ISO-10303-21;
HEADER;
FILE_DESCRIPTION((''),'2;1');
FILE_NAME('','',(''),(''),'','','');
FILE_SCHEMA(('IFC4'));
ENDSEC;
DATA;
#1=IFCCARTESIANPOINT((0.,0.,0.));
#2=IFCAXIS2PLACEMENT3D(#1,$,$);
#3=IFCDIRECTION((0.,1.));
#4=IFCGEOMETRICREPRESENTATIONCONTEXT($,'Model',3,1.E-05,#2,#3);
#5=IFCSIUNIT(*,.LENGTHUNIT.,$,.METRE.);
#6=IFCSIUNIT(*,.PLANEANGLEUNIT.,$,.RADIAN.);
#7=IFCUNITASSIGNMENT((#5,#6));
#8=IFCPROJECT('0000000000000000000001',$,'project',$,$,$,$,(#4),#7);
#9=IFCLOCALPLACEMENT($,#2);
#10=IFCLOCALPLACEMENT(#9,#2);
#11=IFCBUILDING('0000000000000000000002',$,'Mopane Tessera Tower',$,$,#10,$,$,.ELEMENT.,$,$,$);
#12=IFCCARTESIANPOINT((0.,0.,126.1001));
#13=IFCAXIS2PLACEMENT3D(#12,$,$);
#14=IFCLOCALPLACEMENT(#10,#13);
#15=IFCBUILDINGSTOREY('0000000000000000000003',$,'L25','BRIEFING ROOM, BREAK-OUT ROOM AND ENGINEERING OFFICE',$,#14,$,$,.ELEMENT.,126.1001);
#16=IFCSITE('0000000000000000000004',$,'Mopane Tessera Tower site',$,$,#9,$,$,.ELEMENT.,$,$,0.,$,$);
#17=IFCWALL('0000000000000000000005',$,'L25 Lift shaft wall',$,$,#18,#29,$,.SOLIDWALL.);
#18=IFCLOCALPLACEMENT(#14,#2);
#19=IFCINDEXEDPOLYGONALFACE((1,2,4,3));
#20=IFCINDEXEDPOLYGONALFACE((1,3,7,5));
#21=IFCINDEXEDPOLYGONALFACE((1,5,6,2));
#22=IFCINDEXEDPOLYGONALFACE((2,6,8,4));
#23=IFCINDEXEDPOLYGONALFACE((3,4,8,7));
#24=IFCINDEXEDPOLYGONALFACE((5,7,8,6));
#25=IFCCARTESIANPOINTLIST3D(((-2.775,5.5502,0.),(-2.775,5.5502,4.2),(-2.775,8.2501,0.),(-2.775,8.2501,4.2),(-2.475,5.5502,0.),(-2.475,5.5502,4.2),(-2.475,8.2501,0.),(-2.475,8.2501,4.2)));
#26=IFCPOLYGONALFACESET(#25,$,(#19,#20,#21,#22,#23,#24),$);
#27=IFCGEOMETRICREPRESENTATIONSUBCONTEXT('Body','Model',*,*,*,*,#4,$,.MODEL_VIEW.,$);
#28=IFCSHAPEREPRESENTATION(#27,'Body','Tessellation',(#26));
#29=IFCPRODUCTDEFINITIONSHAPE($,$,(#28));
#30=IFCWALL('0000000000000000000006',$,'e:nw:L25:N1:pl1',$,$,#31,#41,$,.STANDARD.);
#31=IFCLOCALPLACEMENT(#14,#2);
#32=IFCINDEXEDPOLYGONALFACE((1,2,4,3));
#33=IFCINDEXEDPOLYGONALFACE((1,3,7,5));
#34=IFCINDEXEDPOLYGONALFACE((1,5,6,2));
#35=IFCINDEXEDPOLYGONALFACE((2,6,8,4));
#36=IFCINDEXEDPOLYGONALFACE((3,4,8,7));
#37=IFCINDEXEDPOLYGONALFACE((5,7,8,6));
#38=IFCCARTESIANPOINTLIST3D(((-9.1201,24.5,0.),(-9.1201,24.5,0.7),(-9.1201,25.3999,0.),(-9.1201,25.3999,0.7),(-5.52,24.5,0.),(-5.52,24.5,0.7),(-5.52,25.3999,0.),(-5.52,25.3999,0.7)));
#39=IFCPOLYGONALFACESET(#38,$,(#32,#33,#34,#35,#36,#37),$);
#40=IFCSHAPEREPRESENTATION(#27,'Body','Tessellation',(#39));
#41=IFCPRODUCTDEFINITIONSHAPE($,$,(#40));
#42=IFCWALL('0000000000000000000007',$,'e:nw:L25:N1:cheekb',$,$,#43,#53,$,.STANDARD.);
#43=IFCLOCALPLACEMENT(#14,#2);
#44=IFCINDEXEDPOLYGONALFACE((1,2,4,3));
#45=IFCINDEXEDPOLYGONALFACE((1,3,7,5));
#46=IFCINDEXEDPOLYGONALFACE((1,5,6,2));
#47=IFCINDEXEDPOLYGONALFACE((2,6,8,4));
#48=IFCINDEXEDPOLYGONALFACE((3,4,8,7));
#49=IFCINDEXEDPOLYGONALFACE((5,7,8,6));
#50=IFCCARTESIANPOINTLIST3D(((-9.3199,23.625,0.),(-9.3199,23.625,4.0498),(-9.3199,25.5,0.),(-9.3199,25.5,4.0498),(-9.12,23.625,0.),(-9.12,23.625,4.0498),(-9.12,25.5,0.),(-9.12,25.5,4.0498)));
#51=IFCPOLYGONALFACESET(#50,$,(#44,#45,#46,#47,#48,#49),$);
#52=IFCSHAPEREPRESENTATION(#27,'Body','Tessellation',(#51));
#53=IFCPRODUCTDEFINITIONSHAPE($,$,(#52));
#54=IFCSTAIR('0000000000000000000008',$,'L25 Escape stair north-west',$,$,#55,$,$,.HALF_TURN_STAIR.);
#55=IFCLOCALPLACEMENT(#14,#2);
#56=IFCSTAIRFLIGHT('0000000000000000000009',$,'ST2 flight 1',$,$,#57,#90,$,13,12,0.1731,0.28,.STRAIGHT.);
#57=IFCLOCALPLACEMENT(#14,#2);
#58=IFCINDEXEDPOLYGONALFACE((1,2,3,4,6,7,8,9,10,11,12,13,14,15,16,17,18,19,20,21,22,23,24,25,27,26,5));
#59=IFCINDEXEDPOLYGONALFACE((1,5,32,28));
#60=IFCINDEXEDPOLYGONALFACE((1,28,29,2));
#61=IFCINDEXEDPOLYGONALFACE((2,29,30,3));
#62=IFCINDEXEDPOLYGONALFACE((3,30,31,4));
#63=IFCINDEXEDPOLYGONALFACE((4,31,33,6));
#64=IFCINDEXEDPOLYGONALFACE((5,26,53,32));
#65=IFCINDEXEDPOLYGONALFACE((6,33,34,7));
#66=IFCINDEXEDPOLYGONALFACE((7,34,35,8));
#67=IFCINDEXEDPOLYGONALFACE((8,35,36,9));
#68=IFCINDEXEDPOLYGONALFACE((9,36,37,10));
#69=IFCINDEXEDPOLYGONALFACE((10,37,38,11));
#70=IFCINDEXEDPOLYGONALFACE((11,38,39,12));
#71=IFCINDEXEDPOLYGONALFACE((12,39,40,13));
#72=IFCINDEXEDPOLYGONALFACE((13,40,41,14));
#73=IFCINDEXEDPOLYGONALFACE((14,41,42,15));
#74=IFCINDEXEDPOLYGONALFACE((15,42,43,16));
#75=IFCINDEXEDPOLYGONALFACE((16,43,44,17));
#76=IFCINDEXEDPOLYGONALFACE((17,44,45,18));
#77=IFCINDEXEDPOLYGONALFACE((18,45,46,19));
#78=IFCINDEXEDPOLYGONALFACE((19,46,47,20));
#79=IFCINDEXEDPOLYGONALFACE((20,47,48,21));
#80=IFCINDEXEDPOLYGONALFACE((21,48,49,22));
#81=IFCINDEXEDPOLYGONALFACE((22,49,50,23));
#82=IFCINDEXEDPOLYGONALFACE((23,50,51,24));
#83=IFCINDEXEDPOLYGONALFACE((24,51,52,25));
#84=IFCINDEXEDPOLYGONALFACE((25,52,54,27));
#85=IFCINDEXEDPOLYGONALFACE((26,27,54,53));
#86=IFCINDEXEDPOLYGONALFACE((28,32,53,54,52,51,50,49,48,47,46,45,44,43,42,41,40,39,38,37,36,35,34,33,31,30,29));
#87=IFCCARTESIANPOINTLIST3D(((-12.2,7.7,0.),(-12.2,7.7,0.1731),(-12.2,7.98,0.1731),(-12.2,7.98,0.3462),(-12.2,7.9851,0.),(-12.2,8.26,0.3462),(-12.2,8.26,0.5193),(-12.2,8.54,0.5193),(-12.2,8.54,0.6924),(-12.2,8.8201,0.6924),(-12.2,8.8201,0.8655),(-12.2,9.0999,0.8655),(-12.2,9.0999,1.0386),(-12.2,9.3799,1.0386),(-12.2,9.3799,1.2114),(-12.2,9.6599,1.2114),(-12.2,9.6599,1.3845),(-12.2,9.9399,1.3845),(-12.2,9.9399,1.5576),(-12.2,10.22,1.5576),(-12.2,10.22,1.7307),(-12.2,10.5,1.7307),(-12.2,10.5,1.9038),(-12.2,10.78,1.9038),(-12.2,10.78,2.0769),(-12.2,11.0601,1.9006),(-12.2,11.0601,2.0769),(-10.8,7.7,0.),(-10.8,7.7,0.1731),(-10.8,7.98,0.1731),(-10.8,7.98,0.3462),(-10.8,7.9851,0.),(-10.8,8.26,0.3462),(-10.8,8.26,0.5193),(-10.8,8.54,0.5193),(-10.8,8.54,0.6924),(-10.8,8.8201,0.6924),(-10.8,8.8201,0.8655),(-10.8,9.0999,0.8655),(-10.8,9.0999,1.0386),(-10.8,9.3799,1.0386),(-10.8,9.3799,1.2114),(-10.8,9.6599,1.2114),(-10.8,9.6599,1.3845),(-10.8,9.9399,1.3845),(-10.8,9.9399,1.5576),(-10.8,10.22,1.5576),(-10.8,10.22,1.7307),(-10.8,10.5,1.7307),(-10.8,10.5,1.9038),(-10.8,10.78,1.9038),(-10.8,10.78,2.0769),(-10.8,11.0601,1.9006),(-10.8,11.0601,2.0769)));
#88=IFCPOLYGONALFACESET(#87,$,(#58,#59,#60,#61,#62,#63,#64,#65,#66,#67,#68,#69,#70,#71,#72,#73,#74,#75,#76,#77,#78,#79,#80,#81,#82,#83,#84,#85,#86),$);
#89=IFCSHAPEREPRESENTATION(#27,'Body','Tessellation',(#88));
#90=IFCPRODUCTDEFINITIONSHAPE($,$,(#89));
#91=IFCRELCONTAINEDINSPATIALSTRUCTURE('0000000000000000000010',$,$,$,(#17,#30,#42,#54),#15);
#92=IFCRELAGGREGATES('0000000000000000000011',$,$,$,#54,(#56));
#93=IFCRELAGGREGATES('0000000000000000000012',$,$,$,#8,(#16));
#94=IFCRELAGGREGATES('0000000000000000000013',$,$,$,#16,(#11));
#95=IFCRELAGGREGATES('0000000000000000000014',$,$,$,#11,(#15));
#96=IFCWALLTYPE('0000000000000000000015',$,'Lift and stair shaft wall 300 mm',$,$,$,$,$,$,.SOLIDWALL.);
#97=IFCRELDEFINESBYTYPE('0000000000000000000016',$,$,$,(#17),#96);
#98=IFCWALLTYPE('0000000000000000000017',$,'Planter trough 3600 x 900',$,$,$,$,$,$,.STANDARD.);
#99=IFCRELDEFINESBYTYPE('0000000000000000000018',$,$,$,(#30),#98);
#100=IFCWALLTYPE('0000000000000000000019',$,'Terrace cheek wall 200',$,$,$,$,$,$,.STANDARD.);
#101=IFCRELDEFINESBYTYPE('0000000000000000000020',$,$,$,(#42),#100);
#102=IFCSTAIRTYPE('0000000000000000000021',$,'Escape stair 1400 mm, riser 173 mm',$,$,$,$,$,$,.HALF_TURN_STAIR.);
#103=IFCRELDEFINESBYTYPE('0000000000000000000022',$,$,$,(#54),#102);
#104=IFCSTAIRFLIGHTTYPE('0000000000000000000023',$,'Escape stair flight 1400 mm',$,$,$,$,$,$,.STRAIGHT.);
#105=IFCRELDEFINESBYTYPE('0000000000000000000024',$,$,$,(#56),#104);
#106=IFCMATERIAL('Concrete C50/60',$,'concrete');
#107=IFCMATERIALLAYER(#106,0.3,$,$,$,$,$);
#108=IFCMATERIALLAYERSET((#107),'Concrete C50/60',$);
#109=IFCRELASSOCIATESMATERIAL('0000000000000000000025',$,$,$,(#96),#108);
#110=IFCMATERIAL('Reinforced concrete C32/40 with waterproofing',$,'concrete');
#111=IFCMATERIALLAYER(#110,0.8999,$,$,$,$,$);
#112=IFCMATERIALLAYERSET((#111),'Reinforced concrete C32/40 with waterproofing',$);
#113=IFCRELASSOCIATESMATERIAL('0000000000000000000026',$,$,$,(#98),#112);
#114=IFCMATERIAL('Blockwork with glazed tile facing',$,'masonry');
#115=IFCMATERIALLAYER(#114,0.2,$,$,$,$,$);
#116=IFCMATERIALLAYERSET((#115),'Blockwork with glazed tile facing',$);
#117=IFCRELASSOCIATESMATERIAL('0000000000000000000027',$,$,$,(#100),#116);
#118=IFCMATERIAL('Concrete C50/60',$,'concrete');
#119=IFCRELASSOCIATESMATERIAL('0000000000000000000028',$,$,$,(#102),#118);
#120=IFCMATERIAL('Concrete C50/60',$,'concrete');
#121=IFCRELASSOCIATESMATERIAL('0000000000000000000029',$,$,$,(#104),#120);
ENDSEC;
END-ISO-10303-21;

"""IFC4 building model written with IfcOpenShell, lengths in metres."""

from ifc_helpers import new_model, si_unit, direction, frame, frame_2d, origin, place, context, subcontext, project, spatial, polyline, rectangle, outline, extrude, material, layer, layer_set, type_object, element, aggregate, save


model = new_model("IFC4")

# Units and contexts
model_context = context("Model", 3, precision=1e-05, world=origin(), true_north=direction((0.0, 1.0)))
body_context = subcontext(model_context, "Body", "Model", "MODEL_VIEW")
ifc_project = project(units=[si_unit("LENGTHUNIT", "METRE"), si_unit("PLANEANGLEUNIT", "RADIAN")], contexts=[model_context])

# Site, building, storey
site_placement = place(None, origin())
site = spatial("IfcSite", under=ifc_project, at=site_placement, Name="Mopane Tessera Tower site", CompositionType="ELEMENT", RefElevation=0.0)
building_placement = place(site_placement, origin())
building = spatial("IfcBuilding", under=site, at=building_placement, Name="Mopane Tessera Tower", CompositionType="ELEMENT")
storey_placement = place(building_placement, frame((0.0, 0.0, 126.1001)))
storey = spatial("IfcBuildingStorey", under=building, at=storey_placement, Name="L25", Description="BRIEFING ROOM, BREAK-OUT ROOM AND ENGINEERING OFFICE", CompositionType="ELEMENT", Elevation=126.1001)

# Walls
ifc_material_1 = material(Name="Concrete C50/60", Category="concrete")
ifc_layer_1 = layer(ifc_material_1, 0.3)
ifc_layer_set_1 = layer_set([ifc_layer_1], Name="Concrete C50/60")
wall_type_1 = type_object("IfcWallType", Name="Lift and stair shaft wall 300 mm", PredefinedType="SOLIDWALL", material=ifc_layer_set_1)
for number, where, z_axis, x_axis, name in (
    (1, (-2.625, 5.55, 0.0), (0.0, 0.0, 1.0), (0.0, 1.0, 0.0), "L25 Lift shaft wall"),
):
    element("IfcWall", number, at=place(storey_placement, frame(where, z_axis=z_axis, x_axis=x_axis)), inside=storey, type_object=wall_type_1, Name=name, PredefinedType="SOLIDWALL", context=body_context, shape_type="SweptSolid", body=[
        extrude(rectangle(XDim=2.7, YDim=0.3, at=frame_2d((1.3501, 0.0))), origin(), (0.0, 0.0, 1.0), 4.2),
    ])
ifc_material_2 = material(Name="Reinforced concrete C32/40 with waterproofing", Category="concrete")
ifc_layer_2 = layer(ifc_material_2, 0.8999)
ifc_layer_set_2 = layer_set([ifc_layer_2], Name="Reinforced concrete C32/40 with waterproofing")
wall_type_2 = type_object("IfcWallType", Name="Planter trough 3600 x 900", PredefinedType="STANDARD", material=ifc_layer_set_2)
wall_1_placement = place(storey_placement, frame((-5.52, 24.95, 0.0), z_axis=(0.0, 0.0, 1.0), x_axis=(-1.0, 0.0, 0.0)))
element("IfcWall", 2, at=wall_1_placement, inside=storey, type_object=wall_type_2, Name="e:nw:L25:N1:pl1", PredefinedType="STANDARD", context=body_context, shape_type="SweptSolid", body=[
    extrude(rectangle(XDim=3.6001, YDim=0.8999, at=frame_2d((1.8, 0.0))), origin(), (0.0, 0.0, 1.0), 0.7),
])
ifc_material_3 = material(Name="Blockwork with glazed tile facing", Category="masonry")
ifc_layer_3 = layer(ifc_material_3, 0.2)
ifc_layer_set_3 = layer_set([ifc_layer_3], Name="Blockwork with glazed tile facing")
wall_type_3 = type_object("IfcWallType", Name="Terrace cheek wall 200", PredefinedType="STANDARD", material=ifc_layer_set_3)
wall_2_placement = place(storey_placement, frame((-9.22, 25.5, 0.0), z_axis=(0.0, 0.0, 1.0), x_axis=(0.0, -1.0, 0.0)))
element("IfcWall", 3, at=wall_2_placement, inside=storey, type_object=wall_type_3, Name="e:nw:L25:N1:cheekb", PredefinedType="STANDARD", context=body_context, shape_type="SweptSolid", body=[
    extrude(rectangle(XDim=1.875, YDim=0.2, at=frame_2d((0.9375, 0.0))), origin(), (0.0, 0.0, 1.0), 4.0498),
])

# Stair, stair flight
ifc_material_4 = material(Name="Concrete C50/60", Category="concrete")
stair_type = type_object("IfcStairType", Name="Escape stair 1400 mm, riser 173 mm", PredefinedType="HALF_TURN_STAIR", material=ifc_material_4)
stair_placement = place(storey_placement, origin())
stair = element("IfcStair", 4, at=stair_placement, inside=storey, type_object=stair_type, Name="L25 Escape stair north-west", PredefinedType="HALF_TURN_STAIR")
ifc_material_5 = material(Name="Concrete C50/60", Category="concrete")
stair_flight_type = type_object("IfcStairFlightType", Name="Escape stair flight 1400 mm", PredefinedType="STRAIGHT", material=ifc_material_5)
stair_flight_placement = place(storey_placement, frame((-11.5, 7.7, 0.0), z_axis=(0.0, 0.0, 1.0), x_axis=(0.0, 1.0, 0.0)))
stair_flight = element("IfcStairFlight", 5, at=stair_flight_placement, type_object=stair_flight_type, Name="ST2 flight 1", NumberOfRisers=13, NumberOfTreads=12, PredefinedType="STRAIGHT", RiserHeight=0.1731, TreadLength=0.28, context=body_context, shape_type="SweptSolid", body=[
    extrude(outline(polyline([(0.0, 0.0), (0.0, 0.1731), (0.28, 0.1731), (0.28, 0.3462), (0.5601, 0.3462), (0.5601, 0.5193), (0.8401, 0.5193), (0.8401, 0.6924), (1.1201, 0.6924), (1.1201, 0.8655), (1.3999, 0.8655), (1.3999, 1.0386), (1.6799, 1.0386), (1.6799, 1.2114), (1.96, 1.2114), (1.96, 1.3845), (2.24, 1.3845), (2.24, 1.5576), (2.52, 1.5576), (2.52, 1.7307), (2.8, 1.7307), (2.8, 1.9038), (3.0801, 1.9038), (3.0801, 2.0769), (3.3601, 2.0769), (3.3601, 2.25), (3.3601, 1.9006), (0.2852, 0.0), (0.0, 0.0)])), frame((0.0, 0.7, 0.0), z_axis=(0.0, -1.0, 0.0), x_axis=(1.0, 0.0, 0.0)), (0.0, 0.0, 1.0), 1.3999),
])
aggregate(stair, [stair_flight])

save(model, "model.ifc")
